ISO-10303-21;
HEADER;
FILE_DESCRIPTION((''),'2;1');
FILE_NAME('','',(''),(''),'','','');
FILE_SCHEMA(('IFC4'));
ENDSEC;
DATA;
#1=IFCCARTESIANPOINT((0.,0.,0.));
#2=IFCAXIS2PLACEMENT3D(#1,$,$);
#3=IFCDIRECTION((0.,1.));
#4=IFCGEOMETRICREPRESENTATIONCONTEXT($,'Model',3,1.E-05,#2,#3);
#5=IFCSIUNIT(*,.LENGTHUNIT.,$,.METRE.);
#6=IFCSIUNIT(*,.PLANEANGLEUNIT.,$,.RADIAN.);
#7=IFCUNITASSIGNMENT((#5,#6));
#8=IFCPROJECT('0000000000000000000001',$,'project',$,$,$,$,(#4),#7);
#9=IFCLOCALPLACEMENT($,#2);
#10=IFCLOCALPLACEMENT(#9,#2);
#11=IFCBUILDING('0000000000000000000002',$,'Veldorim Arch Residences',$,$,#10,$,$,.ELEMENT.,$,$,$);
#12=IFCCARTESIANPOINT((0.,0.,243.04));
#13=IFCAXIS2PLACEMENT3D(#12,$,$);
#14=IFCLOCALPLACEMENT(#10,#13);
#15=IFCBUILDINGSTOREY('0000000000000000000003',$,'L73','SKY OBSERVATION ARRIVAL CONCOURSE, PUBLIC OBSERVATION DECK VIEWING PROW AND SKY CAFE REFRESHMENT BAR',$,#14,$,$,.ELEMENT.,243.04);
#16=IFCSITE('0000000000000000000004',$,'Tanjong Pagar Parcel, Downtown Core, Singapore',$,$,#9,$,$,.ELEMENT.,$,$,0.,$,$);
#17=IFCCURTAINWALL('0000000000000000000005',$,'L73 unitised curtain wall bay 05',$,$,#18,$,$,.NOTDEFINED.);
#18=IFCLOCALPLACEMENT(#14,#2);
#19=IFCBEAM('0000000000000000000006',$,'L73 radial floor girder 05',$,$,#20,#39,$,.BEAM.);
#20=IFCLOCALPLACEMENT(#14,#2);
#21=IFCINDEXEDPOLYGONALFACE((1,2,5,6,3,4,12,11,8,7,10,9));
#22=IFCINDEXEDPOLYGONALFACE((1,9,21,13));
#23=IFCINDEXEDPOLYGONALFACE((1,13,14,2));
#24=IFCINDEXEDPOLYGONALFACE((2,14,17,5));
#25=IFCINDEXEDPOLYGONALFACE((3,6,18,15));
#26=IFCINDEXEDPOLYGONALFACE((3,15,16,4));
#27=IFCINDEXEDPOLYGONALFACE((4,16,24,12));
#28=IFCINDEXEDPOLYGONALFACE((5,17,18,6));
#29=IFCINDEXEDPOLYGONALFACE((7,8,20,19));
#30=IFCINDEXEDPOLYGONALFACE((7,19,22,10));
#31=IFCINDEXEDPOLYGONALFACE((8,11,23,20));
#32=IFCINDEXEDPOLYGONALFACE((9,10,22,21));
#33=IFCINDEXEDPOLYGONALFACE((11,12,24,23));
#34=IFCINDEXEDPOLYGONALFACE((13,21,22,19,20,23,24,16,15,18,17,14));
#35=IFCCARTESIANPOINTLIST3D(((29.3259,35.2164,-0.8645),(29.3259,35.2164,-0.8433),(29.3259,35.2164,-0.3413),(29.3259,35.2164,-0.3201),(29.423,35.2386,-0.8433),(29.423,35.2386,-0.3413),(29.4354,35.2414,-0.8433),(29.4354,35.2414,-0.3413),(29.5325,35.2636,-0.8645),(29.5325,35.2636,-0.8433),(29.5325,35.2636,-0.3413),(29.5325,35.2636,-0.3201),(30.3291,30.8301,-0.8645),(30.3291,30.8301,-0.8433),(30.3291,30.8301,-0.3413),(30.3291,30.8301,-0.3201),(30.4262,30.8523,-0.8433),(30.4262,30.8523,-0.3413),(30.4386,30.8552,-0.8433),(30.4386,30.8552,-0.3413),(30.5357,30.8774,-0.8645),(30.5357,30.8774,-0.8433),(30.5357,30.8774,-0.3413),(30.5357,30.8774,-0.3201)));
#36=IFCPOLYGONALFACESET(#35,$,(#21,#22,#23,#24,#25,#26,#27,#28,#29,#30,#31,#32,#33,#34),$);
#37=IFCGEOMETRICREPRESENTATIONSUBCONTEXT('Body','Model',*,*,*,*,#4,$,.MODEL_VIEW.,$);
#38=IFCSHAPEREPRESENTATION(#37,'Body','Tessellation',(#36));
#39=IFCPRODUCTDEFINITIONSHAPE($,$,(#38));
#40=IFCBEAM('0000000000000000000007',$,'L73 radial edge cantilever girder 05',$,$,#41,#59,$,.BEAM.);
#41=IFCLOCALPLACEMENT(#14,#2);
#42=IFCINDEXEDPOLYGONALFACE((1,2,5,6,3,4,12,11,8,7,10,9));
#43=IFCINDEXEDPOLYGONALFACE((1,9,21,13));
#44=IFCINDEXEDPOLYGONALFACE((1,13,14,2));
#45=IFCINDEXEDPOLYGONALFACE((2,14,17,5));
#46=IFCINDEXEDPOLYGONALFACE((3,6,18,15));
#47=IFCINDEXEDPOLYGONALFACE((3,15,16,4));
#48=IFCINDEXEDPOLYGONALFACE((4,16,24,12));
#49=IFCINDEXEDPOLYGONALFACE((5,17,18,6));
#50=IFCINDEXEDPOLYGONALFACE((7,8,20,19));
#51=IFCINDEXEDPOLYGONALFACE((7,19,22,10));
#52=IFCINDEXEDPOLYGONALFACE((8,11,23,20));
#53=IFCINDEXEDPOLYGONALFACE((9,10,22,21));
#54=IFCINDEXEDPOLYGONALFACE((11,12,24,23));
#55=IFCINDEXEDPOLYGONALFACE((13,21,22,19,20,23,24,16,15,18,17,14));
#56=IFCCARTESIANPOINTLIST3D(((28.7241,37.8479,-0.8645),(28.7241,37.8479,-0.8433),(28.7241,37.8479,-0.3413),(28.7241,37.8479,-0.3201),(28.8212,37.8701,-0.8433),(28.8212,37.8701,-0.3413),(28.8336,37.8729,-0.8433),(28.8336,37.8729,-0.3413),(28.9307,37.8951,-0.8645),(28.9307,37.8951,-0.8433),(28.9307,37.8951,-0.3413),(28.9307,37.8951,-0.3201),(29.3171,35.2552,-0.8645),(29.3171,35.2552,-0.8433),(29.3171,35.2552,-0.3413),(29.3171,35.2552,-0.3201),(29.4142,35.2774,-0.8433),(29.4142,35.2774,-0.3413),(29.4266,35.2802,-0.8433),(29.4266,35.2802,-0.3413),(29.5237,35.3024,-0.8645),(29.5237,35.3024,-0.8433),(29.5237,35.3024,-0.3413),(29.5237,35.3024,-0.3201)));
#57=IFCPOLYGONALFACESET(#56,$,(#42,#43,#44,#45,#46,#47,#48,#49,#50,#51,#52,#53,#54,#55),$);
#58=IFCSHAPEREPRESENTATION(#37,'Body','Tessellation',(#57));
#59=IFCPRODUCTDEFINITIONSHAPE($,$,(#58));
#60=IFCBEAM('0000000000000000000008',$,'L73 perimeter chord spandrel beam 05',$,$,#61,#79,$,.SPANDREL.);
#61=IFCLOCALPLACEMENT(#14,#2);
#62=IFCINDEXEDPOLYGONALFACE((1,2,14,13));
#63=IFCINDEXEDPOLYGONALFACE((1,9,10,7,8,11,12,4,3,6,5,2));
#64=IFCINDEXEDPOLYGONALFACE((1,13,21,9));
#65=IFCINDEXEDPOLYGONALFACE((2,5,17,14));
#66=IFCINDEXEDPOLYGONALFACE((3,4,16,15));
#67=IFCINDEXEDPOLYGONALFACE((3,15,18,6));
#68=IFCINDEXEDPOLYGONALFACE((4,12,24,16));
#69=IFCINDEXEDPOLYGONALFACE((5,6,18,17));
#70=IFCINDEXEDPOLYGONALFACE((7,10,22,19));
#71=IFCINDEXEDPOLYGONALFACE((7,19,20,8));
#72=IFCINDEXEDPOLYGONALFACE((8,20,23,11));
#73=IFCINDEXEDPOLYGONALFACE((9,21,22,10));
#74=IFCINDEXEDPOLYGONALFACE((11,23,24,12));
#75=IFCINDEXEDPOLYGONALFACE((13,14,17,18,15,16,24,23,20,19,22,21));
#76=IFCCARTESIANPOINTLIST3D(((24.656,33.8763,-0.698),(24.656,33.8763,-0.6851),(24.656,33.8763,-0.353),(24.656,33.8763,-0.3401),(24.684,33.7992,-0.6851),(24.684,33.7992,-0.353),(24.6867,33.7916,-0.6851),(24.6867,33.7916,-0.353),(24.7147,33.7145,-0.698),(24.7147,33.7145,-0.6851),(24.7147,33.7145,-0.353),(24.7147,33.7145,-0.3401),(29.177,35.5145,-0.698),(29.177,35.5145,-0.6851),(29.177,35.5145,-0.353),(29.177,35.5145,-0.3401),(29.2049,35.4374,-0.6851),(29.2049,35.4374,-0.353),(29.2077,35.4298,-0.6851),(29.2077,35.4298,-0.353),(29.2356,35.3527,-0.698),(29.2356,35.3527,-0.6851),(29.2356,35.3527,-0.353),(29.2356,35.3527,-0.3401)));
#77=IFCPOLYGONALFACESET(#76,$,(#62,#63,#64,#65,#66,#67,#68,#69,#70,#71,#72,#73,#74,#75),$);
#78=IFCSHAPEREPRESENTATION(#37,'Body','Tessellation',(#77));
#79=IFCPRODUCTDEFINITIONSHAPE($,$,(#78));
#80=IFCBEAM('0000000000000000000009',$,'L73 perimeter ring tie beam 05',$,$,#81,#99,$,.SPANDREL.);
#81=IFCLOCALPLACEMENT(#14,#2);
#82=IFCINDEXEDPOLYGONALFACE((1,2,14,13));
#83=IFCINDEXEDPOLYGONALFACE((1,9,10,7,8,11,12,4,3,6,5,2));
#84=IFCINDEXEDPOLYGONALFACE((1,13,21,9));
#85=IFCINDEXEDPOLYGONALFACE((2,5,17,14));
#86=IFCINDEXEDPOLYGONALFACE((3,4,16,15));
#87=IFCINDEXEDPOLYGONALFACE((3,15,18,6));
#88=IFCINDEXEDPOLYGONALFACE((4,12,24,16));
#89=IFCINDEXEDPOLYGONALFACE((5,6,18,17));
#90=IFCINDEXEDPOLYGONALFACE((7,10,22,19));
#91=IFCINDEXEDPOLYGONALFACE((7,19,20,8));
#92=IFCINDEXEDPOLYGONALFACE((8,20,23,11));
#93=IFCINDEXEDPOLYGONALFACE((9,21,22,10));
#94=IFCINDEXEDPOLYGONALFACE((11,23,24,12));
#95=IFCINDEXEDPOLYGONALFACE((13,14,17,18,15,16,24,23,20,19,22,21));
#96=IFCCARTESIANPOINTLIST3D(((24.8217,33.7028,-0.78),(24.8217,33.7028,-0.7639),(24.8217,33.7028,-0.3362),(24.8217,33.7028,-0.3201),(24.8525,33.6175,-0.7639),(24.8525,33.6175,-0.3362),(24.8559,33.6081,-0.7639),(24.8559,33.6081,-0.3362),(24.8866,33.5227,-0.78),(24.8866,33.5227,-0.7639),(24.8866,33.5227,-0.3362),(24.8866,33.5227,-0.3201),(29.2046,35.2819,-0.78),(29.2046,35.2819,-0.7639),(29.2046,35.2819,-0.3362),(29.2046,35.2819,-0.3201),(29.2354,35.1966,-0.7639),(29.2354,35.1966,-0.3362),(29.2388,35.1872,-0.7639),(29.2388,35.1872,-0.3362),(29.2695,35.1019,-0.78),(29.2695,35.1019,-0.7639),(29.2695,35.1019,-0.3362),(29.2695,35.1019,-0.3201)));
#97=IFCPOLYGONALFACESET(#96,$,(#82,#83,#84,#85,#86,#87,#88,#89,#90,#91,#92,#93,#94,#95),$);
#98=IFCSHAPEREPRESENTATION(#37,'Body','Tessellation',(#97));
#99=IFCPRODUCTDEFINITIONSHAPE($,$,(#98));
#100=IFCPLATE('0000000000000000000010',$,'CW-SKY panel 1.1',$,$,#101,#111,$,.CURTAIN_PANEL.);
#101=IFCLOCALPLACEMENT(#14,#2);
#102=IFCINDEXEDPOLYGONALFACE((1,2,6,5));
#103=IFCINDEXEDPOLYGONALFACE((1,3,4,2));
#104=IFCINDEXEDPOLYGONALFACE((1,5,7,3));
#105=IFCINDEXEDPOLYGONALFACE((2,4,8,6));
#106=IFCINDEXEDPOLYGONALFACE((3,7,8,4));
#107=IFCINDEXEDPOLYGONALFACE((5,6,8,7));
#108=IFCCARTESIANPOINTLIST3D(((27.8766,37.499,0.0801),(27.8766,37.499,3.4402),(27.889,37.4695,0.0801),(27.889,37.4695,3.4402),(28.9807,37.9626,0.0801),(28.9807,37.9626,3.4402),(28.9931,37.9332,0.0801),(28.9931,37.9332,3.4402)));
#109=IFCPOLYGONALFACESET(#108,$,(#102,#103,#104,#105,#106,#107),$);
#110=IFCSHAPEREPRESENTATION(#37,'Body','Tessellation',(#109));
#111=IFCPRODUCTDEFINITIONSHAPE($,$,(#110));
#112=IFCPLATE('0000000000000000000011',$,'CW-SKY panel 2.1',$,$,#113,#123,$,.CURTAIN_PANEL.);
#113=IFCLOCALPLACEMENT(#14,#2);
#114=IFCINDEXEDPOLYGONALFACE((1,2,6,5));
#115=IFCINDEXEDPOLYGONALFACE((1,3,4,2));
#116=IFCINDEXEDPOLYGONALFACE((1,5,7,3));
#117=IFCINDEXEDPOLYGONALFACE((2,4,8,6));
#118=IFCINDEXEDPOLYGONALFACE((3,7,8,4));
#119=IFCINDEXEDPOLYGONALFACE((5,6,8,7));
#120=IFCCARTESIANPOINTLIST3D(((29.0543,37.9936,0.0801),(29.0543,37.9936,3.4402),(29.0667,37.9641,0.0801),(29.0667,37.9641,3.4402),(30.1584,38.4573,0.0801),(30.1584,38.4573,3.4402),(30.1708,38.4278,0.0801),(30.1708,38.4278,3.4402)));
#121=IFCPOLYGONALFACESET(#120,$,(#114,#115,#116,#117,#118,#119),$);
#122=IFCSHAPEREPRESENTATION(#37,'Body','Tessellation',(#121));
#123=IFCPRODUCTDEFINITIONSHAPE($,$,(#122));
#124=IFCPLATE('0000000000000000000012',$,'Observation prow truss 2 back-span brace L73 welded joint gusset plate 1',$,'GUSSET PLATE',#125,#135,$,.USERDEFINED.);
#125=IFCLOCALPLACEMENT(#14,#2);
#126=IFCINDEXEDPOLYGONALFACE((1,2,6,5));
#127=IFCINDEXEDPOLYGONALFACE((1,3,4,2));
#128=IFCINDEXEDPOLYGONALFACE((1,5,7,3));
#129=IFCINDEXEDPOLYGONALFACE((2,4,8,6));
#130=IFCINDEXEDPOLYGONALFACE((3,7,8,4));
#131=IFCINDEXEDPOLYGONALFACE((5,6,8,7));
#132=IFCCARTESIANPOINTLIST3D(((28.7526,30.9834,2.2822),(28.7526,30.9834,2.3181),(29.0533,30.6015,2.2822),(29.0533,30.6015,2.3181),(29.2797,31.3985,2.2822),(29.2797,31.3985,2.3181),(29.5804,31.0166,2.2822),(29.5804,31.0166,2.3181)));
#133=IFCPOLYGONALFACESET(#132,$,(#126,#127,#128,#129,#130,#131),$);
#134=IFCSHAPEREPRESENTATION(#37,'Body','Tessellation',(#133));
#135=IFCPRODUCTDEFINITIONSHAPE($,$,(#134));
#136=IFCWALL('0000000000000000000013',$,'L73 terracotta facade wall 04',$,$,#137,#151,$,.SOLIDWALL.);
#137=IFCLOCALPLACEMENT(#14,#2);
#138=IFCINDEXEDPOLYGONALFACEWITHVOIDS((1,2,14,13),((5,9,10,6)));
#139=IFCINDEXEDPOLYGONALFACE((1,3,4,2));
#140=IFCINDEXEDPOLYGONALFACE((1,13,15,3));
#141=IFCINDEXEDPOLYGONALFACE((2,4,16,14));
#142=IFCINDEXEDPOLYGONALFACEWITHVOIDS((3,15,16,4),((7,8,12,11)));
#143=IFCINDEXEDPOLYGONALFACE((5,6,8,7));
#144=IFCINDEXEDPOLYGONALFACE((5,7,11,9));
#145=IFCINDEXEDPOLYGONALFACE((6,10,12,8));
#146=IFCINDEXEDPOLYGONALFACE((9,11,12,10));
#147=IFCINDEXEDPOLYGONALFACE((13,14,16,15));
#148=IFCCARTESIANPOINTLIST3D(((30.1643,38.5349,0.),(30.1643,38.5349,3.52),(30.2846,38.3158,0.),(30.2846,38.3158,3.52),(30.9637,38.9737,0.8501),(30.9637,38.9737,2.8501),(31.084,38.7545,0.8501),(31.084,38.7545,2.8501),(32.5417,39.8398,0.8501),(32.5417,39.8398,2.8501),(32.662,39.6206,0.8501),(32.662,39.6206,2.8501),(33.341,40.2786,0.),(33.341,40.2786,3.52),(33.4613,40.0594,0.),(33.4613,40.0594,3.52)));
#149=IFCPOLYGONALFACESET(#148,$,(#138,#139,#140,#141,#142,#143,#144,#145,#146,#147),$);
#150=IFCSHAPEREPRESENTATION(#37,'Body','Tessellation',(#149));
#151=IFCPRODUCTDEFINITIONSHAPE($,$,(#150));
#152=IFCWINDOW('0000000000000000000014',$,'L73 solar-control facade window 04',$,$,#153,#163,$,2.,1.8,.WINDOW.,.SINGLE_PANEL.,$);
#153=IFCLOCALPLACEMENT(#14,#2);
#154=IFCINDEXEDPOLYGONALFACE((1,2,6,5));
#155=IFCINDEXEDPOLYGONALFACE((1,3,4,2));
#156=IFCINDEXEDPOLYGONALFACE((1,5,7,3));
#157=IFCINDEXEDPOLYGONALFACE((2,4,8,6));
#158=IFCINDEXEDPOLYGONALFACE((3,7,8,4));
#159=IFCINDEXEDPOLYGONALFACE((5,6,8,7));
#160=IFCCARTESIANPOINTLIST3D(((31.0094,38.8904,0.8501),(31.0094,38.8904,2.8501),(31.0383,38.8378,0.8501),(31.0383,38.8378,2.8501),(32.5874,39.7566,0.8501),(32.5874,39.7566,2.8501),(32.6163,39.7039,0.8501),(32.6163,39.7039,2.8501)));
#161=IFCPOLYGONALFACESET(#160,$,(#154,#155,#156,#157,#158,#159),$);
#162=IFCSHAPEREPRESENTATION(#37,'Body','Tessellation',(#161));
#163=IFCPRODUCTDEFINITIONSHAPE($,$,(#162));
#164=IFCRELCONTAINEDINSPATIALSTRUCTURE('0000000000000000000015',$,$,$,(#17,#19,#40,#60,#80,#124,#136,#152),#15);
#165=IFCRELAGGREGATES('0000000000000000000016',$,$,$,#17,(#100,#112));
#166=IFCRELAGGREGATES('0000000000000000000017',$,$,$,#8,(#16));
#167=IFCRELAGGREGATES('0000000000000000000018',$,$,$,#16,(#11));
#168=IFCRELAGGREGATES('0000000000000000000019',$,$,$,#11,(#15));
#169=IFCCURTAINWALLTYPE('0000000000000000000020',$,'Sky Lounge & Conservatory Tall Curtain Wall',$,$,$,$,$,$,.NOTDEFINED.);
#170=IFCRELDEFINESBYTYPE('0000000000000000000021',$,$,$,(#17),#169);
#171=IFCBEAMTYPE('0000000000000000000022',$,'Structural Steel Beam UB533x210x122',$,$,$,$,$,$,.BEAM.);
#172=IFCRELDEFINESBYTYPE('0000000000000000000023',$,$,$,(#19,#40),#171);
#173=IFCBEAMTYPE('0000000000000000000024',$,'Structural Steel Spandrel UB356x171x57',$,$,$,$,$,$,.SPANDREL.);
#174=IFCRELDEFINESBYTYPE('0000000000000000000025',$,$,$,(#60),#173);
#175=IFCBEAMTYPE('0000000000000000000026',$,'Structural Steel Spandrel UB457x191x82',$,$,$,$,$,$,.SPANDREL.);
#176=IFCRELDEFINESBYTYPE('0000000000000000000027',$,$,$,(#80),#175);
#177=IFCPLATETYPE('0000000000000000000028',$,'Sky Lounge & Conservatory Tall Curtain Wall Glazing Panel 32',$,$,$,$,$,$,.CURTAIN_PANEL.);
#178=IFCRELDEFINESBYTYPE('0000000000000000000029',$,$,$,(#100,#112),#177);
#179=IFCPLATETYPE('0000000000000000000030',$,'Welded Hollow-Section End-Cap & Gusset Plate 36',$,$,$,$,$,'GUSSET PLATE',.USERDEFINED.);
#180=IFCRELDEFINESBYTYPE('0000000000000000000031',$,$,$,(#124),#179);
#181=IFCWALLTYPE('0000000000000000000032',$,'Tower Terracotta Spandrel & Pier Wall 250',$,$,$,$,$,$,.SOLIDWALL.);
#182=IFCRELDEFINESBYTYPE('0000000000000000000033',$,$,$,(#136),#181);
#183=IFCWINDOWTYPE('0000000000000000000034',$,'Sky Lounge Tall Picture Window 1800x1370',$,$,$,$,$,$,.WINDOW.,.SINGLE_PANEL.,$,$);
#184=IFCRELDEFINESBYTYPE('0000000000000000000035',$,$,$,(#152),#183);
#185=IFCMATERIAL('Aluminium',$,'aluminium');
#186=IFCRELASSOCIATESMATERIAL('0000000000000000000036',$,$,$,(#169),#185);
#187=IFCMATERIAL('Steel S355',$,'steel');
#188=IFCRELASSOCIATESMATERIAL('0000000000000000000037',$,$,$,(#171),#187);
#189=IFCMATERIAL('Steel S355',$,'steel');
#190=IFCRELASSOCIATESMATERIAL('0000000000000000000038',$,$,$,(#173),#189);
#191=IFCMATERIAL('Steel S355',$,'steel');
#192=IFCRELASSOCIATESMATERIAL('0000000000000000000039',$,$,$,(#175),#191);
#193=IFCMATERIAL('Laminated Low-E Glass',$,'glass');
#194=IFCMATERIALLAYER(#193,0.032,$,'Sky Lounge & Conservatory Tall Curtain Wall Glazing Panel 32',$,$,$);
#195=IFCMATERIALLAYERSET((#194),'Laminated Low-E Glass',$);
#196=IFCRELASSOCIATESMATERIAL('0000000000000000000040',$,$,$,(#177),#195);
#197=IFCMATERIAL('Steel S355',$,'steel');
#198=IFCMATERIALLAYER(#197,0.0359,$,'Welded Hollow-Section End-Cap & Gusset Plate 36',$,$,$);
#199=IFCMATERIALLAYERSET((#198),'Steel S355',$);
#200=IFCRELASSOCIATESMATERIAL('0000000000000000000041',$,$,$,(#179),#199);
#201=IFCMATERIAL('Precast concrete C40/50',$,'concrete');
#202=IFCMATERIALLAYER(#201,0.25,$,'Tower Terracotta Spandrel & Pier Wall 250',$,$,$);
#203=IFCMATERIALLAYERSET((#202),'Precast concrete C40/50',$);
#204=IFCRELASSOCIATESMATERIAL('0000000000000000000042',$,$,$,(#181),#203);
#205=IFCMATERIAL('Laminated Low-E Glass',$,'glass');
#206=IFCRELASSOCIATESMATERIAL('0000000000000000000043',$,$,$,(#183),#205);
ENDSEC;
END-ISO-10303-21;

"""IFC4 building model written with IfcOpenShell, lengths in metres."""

from ifc_helpers import new_model, si_unit, direction, frame, frame_2d, origin, origin_2d, place, context, subcontext, project, spatial, rectangle, i_section, extrude, material, layer, layer_set, material_profile, profile_set, type_object, element, fill, aggregate, save


model = new_model("IFC4")

# Units and contexts
model_context = context("Model", 3, precision=1e-05, world=origin(), true_north=direction((0.0, 1.0)))
body_context = subcontext(model_context, "Body", "Model", "MODEL_VIEW")
ifc_project = project(units=[si_unit("LENGTHUNIT", "METRE"), si_unit("PLANEANGLEUNIT", "RADIAN")], contexts=[model_context])

# Site, building, storey
site_placement = place(None, origin())
site = spatial("IfcSite", under=ifc_project, at=site_placement, Name="Tanjong Pagar Parcel, Downtown Core, Singapore", CompositionType="ELEMENT", RefElevation=0.0)
building_placement = place(site_placement, origin())
building = spatial("IfcBuilding", under=site, at=building_placement, Name="Veldorim Arch Residences", CompositionType="ELEMENT")
storey_placement = place(building_placement, frame((0.0, 0.0, 243.04)))
storey = spatial("IfcBuildingStorey", under=building, at=storey_placement, Name="L73", Description="SKY OBSERVATION ARRIVAL CONCOURSE, PUBLIC OBSERVATION DECK VIEWING PROW AND SKY CAFE REFRESHMENT BAR", CompositionType="ELEMENT", Elevation=243.04)

# Curtain wall
ifc_material_1 = material(Name="Aluminium", Category="aluminium")
curtain_wall_type = type_object("IfcCurtainWallType", Name="Sky Lounge & Conservatory Tall Curtain Wall", PredefinedType="NOTDEFINED", material=ifc_material_1)
curtain_wall_placement = place(storey_placement, origin())
curtain_wall = element("IfcCurtainWall", 1, at=curtain_wall_placement, inside=storey, type_object=curtain_wall_type, Name="L73 unitised curtain wall bay 05", PredefinedType="NOTDEFINED")

# Beams
ifc_material_2 = material(Name="Steel S355", Category="steel")
ifc_material_profile_1 = material_profile(ifc_material_2, i_section(OverallWidth=0.2119, OverallDepth=0.5444, WebThickness=0.0127, FlangeThickness=0.0212, at=origin_2d()), Name="UB533x210x122")
ifc_profile_set_1 = profile_set([ifc_material_profile_1], Name="Steel S355")
beam_type_1 = type_object("IfcBeamType", Name="Structural Steel Beam UB533x210x122", PredefinedType="BEAM", material=ifc_profile_set_1)
beam_1_placement = place(storey_placement, frame((30.4324, 30.8538, -0.5923), z_axis=(-0.222953, 0.974829, 0.0), x_axis=(-0.974829, -0.222953, 0.0)))
element("IfcBeam", 2, at=beam_1_placement, inside=storey, type_object=beam_type_1, Name="L73 radial floor girder 05", PredefinedType="BEAM", context=body_context, shape_type="SweptSolid", body=[
    extrude(i_section(OverallWidth=0.2119, OverallDepth=0.5444, WebThickness=0.0127, FlangeThickness=0.0212, at=origin_2d()), origin(), (0.0, 0.0, 1.0), 4.4995),
])
beam_2_placement = place(storey_placement, frame((29.4204, 35.2788, -0.5923), z_axis=(-0.222962, 0.974827, 0.0), x_axis=(-0.974827, -0.222962, 0.0)))
element("IfcBeam", 3, at=beam_2_placement, inside=storey, type_object=beam_type_1, Name="L73 radial edge cantilever girder 05", PredefinedType="BEAM", context=body_context, shape_type="SweptSolid", body=[
    extrude(i_section(OverallWidth=0.2119, OverallDepth=0.5444, WebThickness=0.0127, FlangeThickness=0.0212, at=origin_2d()), origin(), (0.0, 0.0, 1.0), 2.6597),
])
ifc_material_3 = material(Name="Steel S355", Category="steel")
ifc_material_profile_2 = material_profile(ifc_material_3, i_section(OverallWidth=0.1721, OverallDepth=0.3579, WebThickness=0.0081, FlangeThickness=0.0129, at=origin_2d()), Name="UB356x171x57")
ifc_profile_set_2 = profile_set([ifc_material_profile_2], Name="Steel S355")
beam_type_2 = type_object("IfcBeamType", Name="Structural Steel Spandrel UB356x171x57", PredefinedType="SPANDREL", material=ifc_profile_set_2)
beam_3_placement = place(storey_placement, frame((29.2063, 35.4336, -0.519), z_axis=(-0.940181, -0.340675, 0.0), x_axis=(0.340675, -0.940181, 0.0)))
element("IfcBeam", 4, at=beam_3_placement, inside=storey, type_object=beam_type_2, Name="L73 perimeter chord spandrel beam 05", PredefinedType="SPANDREL", context=body_context, shape_type="SweptSolid", body=[
    extrude(i_section(OverallWidth=0.1721, OverallDepth=0.3579, WebThickness=0.0081, FlangeThickness=0.0129, at=origin_2d()), origin(), (0.0, 0.0, 1.0), 4.8086),
])
ifc_material_4 = material(Name="Steel S355", Category="steel")
ifc_material_profile_3 = material_profile(ifc_material_4, i_section(OverallWidth=0.1914, OverallDepth=0.46, WebThickness=0.01, FlangeThickness=0.0161, at=origin_2d()), Name="UB457x191x82")
ifc_profile_set_3 = profile_set([ifc_material_profile_3], Name="Steel S355")
beam_type_3 = type_object("IfcBeamType", Name="Structural Steel Spandrel UB457x191x82", PredefinedType="SPANDREL", material=ifc_profile_set_3)
beam_4_placement = place(storey_placement, frame((29.2371, 35.1919, -0.55), z_axis=(-0.940799, -0.338964, 0.0), x_axis=(0.338964, -0.940799, 0.0)))
element("IfcBeam", 5, at=beam_4_placement, inside=storey, type_object=beam_type_3, Name="L73 perimeter ring tie beam 05", PredefinedType="SPANDREL", context=body_context, shape_type="SweptSolid", body=[
    extrude(i_section(OverallWidth=0.1914, OverallDepth=0.46, WebThickness=0.01, FlangeThickness=0.0161, at=origin_2d()), origin(), (0.0, 0.0, 1.0), 4.6587),
])

# Plates
ifc_material_5 = material(Name="Laminated Low-E Glass", Category="glass")
ifc_layer_1 = layer(ifc_material_5, 0.032, Name="Sky Lounge & Conservatory Tall Curtain Wall Glazing Panel 32")
ifc_layer_set_1 = layer_set([ifc_layer_1], Name="Laminated Low-E Glass")
plate_type_1 = type_object("IfcPlateType", Name="Sky Lounge & Conservatory Tall Curtain Wall Glazing Panel 32", PredefinedType="CURTAIN_PANEL", material=ifc_layer_set_1)
plate_1_placement = place(storey_placement, frame((28.4348, 37.7161, 0.0801), z_axis=(0.0, 0.0, 1.0), x_axis=(0.921994, 0.387203, 0.0)))
plate_1 = element("IfcPlate", 6, at=plate_1_placement, type_object=plate_type_1, Name="CW-SKY panel 1.1", PredefinedType="CURTAIN_PANEL", context=body_context, shape_type="SweptSolid", body=[
    extrude(rectangle(XDim=1.1975, YDim=0.032, at=origin_2d()), origin(), (0.0, 0.0, 1.0), 3.3601),
])
plate_2_placement = place(storey_placement, frame((29.6125, 38.2107, 0.0801), z_axis=(0.0, 0.0, 1.0), x_axis=(0.921994, 0.387203, 0.0)))
plate_2 = element("IfcPlate", 7, at=plate_2_placement, type_object=plate_type_1, Name="CW-SKY panel 2.1", PredefinedType="CURTAIN_PANEL", context=body_context, shape_type="SweptSolid", body=[
    extrude(rectangle(XDim=1.1975, YDim=0.032, at=origin_2d()), origin(), (0.0, 0.0, 1.0), 3.3601),
])
aggregate(curtain_wall, [plate_1, plate_2])
ifc_material_6 = material(Name="Steel S355", Category="steel")
ifc_layer_2 = layer(ifc_material_6, 0.0359, Name="Welded Hollow-Section End-Cap & Gusset Plate 36")
ifc_layer_set_2 = layer_set([ifc_layer_2], Name="Steel S355")
plate_type_2 = type_object("IfcPlateType", Name="Welded Hollow-Section End-Cap & Gusset Plate 36", ElementType="GUSSET PLATE", PredefinedType="USERDEFINED", material=ifc_layer_set_2)
plate_3_placement = place(storey_placement, frame((29.1665, 31.0, 2.2822), z_axis=(0.0, 0.0, 1.0), x_axis=(0.78563, 0.618696, 0.0)))
element("IfcPlate", 8, at=plate_3_placement, inside=storey, type_object=plate_type_2, Name="Observation prow truss 2 back-span brace L73 welded joint gusset plate 1", ObjectType="GUSSET PLATE", PredefinedType="USERDEFINED", context=body_context, shape_type="SweptSolid", body=[
    extrude(rectangle(XDim=0.6709, YDim=0.4861, at=origin_2d()), origin(), (0.0, 0.0, 1.0), 0.0359),
])

# Wall, opening, window
ifc_material_7 = material(Name="Precast concrete C40/50", Category="concrete")
ifc_layer_3 = layer(ifc_material_7, 0.25, Name="Tower Terracotta Spandrel & Pier Wall 250")
ifc_layer_set_3 = layer_set([ifc_layer_3], Name="Precast concrete C40/50")
wall_type = type_object("IfcWallType", Name="Tower Terracotta Spandrel & Pier Wall 250", PredefinedType="SOLIDWALL", material=ifc_layer_set_3)
wall_placement = place(storey_placement, frame((30.2244, 38.4253, 0.0), z_axis=(0.0, 0.0, 1.0), x_axis=(0.876631, 0.481163, 0.0)))
wall = element("IfcWall", 9, at=wall_placement, inside=storey, type_object=wall_type, Name="L73 terracotta facade wall 04", PredefinedType="SOLIDWALL", context=body_context, shape_type="SweptSolid", body=[
    extrude(rectangle(XDim=3.6238, YDim=0.25, at=frame_2d((1.812, 0.0))), origin(), (0.0, 0.0, 1.0), 3.52),
])
opening_placement = place(wall_placement, frame((0.9121, 0.0, 0.8501)))
opening = element("IfcOpeningElement", 10, at=opening_placement, cuts=wall, PredefinedType="OPENING", context=body_context, shape_type="SweptSolid", body=[
    extrude(rectangle(XDim=1.8, YDim=2.0, at=frame_2d((0.8999, 1.0))), frame((0.0, 0.135, 0.0), z_axis=(0.0, -1.0, 0.0), x_axis=(1.0, 0.0, 0.0)), (0.0, 0.0, 1.0), 0.27),
])
ifc_material_8 = material(Name="Laminated Low-E Glass", Category="glass")
window_type = type_object("IfcWindowType", Name="Sky Lounge Tall Picture Window 1800x1370", PartitioningType="SINGLE_PANEL", PredefinedType="WINDOW", material=ifc_material_8)
window_placement = place(opening_placement, origin())
window = element("IfcWindow", 11, at=window_placement, inside=storey, type_object=window_type, Name="L73 solar-control facade window 04", OverallHeight=2.0, OverallWidth=1.8, PartitioningType="SINGLE_PANEL", PredefinedType="WINDOW", context=body_context, shape_type="SweptSolid", body=[
    extrude(rectangle(XDim=1.8, YDim=2.0, at=frame_2d((0.8999, 1.0))), frame((0.0, 0.03, 0.0), z_axis=(0.0, -1.0, 0.0), x_axis=(1.0, 0.0, 0.0)), (0.0, 0.0, 1.0), 0.0601),
])
fill(opening, window)

save(model, "model.ifc")
